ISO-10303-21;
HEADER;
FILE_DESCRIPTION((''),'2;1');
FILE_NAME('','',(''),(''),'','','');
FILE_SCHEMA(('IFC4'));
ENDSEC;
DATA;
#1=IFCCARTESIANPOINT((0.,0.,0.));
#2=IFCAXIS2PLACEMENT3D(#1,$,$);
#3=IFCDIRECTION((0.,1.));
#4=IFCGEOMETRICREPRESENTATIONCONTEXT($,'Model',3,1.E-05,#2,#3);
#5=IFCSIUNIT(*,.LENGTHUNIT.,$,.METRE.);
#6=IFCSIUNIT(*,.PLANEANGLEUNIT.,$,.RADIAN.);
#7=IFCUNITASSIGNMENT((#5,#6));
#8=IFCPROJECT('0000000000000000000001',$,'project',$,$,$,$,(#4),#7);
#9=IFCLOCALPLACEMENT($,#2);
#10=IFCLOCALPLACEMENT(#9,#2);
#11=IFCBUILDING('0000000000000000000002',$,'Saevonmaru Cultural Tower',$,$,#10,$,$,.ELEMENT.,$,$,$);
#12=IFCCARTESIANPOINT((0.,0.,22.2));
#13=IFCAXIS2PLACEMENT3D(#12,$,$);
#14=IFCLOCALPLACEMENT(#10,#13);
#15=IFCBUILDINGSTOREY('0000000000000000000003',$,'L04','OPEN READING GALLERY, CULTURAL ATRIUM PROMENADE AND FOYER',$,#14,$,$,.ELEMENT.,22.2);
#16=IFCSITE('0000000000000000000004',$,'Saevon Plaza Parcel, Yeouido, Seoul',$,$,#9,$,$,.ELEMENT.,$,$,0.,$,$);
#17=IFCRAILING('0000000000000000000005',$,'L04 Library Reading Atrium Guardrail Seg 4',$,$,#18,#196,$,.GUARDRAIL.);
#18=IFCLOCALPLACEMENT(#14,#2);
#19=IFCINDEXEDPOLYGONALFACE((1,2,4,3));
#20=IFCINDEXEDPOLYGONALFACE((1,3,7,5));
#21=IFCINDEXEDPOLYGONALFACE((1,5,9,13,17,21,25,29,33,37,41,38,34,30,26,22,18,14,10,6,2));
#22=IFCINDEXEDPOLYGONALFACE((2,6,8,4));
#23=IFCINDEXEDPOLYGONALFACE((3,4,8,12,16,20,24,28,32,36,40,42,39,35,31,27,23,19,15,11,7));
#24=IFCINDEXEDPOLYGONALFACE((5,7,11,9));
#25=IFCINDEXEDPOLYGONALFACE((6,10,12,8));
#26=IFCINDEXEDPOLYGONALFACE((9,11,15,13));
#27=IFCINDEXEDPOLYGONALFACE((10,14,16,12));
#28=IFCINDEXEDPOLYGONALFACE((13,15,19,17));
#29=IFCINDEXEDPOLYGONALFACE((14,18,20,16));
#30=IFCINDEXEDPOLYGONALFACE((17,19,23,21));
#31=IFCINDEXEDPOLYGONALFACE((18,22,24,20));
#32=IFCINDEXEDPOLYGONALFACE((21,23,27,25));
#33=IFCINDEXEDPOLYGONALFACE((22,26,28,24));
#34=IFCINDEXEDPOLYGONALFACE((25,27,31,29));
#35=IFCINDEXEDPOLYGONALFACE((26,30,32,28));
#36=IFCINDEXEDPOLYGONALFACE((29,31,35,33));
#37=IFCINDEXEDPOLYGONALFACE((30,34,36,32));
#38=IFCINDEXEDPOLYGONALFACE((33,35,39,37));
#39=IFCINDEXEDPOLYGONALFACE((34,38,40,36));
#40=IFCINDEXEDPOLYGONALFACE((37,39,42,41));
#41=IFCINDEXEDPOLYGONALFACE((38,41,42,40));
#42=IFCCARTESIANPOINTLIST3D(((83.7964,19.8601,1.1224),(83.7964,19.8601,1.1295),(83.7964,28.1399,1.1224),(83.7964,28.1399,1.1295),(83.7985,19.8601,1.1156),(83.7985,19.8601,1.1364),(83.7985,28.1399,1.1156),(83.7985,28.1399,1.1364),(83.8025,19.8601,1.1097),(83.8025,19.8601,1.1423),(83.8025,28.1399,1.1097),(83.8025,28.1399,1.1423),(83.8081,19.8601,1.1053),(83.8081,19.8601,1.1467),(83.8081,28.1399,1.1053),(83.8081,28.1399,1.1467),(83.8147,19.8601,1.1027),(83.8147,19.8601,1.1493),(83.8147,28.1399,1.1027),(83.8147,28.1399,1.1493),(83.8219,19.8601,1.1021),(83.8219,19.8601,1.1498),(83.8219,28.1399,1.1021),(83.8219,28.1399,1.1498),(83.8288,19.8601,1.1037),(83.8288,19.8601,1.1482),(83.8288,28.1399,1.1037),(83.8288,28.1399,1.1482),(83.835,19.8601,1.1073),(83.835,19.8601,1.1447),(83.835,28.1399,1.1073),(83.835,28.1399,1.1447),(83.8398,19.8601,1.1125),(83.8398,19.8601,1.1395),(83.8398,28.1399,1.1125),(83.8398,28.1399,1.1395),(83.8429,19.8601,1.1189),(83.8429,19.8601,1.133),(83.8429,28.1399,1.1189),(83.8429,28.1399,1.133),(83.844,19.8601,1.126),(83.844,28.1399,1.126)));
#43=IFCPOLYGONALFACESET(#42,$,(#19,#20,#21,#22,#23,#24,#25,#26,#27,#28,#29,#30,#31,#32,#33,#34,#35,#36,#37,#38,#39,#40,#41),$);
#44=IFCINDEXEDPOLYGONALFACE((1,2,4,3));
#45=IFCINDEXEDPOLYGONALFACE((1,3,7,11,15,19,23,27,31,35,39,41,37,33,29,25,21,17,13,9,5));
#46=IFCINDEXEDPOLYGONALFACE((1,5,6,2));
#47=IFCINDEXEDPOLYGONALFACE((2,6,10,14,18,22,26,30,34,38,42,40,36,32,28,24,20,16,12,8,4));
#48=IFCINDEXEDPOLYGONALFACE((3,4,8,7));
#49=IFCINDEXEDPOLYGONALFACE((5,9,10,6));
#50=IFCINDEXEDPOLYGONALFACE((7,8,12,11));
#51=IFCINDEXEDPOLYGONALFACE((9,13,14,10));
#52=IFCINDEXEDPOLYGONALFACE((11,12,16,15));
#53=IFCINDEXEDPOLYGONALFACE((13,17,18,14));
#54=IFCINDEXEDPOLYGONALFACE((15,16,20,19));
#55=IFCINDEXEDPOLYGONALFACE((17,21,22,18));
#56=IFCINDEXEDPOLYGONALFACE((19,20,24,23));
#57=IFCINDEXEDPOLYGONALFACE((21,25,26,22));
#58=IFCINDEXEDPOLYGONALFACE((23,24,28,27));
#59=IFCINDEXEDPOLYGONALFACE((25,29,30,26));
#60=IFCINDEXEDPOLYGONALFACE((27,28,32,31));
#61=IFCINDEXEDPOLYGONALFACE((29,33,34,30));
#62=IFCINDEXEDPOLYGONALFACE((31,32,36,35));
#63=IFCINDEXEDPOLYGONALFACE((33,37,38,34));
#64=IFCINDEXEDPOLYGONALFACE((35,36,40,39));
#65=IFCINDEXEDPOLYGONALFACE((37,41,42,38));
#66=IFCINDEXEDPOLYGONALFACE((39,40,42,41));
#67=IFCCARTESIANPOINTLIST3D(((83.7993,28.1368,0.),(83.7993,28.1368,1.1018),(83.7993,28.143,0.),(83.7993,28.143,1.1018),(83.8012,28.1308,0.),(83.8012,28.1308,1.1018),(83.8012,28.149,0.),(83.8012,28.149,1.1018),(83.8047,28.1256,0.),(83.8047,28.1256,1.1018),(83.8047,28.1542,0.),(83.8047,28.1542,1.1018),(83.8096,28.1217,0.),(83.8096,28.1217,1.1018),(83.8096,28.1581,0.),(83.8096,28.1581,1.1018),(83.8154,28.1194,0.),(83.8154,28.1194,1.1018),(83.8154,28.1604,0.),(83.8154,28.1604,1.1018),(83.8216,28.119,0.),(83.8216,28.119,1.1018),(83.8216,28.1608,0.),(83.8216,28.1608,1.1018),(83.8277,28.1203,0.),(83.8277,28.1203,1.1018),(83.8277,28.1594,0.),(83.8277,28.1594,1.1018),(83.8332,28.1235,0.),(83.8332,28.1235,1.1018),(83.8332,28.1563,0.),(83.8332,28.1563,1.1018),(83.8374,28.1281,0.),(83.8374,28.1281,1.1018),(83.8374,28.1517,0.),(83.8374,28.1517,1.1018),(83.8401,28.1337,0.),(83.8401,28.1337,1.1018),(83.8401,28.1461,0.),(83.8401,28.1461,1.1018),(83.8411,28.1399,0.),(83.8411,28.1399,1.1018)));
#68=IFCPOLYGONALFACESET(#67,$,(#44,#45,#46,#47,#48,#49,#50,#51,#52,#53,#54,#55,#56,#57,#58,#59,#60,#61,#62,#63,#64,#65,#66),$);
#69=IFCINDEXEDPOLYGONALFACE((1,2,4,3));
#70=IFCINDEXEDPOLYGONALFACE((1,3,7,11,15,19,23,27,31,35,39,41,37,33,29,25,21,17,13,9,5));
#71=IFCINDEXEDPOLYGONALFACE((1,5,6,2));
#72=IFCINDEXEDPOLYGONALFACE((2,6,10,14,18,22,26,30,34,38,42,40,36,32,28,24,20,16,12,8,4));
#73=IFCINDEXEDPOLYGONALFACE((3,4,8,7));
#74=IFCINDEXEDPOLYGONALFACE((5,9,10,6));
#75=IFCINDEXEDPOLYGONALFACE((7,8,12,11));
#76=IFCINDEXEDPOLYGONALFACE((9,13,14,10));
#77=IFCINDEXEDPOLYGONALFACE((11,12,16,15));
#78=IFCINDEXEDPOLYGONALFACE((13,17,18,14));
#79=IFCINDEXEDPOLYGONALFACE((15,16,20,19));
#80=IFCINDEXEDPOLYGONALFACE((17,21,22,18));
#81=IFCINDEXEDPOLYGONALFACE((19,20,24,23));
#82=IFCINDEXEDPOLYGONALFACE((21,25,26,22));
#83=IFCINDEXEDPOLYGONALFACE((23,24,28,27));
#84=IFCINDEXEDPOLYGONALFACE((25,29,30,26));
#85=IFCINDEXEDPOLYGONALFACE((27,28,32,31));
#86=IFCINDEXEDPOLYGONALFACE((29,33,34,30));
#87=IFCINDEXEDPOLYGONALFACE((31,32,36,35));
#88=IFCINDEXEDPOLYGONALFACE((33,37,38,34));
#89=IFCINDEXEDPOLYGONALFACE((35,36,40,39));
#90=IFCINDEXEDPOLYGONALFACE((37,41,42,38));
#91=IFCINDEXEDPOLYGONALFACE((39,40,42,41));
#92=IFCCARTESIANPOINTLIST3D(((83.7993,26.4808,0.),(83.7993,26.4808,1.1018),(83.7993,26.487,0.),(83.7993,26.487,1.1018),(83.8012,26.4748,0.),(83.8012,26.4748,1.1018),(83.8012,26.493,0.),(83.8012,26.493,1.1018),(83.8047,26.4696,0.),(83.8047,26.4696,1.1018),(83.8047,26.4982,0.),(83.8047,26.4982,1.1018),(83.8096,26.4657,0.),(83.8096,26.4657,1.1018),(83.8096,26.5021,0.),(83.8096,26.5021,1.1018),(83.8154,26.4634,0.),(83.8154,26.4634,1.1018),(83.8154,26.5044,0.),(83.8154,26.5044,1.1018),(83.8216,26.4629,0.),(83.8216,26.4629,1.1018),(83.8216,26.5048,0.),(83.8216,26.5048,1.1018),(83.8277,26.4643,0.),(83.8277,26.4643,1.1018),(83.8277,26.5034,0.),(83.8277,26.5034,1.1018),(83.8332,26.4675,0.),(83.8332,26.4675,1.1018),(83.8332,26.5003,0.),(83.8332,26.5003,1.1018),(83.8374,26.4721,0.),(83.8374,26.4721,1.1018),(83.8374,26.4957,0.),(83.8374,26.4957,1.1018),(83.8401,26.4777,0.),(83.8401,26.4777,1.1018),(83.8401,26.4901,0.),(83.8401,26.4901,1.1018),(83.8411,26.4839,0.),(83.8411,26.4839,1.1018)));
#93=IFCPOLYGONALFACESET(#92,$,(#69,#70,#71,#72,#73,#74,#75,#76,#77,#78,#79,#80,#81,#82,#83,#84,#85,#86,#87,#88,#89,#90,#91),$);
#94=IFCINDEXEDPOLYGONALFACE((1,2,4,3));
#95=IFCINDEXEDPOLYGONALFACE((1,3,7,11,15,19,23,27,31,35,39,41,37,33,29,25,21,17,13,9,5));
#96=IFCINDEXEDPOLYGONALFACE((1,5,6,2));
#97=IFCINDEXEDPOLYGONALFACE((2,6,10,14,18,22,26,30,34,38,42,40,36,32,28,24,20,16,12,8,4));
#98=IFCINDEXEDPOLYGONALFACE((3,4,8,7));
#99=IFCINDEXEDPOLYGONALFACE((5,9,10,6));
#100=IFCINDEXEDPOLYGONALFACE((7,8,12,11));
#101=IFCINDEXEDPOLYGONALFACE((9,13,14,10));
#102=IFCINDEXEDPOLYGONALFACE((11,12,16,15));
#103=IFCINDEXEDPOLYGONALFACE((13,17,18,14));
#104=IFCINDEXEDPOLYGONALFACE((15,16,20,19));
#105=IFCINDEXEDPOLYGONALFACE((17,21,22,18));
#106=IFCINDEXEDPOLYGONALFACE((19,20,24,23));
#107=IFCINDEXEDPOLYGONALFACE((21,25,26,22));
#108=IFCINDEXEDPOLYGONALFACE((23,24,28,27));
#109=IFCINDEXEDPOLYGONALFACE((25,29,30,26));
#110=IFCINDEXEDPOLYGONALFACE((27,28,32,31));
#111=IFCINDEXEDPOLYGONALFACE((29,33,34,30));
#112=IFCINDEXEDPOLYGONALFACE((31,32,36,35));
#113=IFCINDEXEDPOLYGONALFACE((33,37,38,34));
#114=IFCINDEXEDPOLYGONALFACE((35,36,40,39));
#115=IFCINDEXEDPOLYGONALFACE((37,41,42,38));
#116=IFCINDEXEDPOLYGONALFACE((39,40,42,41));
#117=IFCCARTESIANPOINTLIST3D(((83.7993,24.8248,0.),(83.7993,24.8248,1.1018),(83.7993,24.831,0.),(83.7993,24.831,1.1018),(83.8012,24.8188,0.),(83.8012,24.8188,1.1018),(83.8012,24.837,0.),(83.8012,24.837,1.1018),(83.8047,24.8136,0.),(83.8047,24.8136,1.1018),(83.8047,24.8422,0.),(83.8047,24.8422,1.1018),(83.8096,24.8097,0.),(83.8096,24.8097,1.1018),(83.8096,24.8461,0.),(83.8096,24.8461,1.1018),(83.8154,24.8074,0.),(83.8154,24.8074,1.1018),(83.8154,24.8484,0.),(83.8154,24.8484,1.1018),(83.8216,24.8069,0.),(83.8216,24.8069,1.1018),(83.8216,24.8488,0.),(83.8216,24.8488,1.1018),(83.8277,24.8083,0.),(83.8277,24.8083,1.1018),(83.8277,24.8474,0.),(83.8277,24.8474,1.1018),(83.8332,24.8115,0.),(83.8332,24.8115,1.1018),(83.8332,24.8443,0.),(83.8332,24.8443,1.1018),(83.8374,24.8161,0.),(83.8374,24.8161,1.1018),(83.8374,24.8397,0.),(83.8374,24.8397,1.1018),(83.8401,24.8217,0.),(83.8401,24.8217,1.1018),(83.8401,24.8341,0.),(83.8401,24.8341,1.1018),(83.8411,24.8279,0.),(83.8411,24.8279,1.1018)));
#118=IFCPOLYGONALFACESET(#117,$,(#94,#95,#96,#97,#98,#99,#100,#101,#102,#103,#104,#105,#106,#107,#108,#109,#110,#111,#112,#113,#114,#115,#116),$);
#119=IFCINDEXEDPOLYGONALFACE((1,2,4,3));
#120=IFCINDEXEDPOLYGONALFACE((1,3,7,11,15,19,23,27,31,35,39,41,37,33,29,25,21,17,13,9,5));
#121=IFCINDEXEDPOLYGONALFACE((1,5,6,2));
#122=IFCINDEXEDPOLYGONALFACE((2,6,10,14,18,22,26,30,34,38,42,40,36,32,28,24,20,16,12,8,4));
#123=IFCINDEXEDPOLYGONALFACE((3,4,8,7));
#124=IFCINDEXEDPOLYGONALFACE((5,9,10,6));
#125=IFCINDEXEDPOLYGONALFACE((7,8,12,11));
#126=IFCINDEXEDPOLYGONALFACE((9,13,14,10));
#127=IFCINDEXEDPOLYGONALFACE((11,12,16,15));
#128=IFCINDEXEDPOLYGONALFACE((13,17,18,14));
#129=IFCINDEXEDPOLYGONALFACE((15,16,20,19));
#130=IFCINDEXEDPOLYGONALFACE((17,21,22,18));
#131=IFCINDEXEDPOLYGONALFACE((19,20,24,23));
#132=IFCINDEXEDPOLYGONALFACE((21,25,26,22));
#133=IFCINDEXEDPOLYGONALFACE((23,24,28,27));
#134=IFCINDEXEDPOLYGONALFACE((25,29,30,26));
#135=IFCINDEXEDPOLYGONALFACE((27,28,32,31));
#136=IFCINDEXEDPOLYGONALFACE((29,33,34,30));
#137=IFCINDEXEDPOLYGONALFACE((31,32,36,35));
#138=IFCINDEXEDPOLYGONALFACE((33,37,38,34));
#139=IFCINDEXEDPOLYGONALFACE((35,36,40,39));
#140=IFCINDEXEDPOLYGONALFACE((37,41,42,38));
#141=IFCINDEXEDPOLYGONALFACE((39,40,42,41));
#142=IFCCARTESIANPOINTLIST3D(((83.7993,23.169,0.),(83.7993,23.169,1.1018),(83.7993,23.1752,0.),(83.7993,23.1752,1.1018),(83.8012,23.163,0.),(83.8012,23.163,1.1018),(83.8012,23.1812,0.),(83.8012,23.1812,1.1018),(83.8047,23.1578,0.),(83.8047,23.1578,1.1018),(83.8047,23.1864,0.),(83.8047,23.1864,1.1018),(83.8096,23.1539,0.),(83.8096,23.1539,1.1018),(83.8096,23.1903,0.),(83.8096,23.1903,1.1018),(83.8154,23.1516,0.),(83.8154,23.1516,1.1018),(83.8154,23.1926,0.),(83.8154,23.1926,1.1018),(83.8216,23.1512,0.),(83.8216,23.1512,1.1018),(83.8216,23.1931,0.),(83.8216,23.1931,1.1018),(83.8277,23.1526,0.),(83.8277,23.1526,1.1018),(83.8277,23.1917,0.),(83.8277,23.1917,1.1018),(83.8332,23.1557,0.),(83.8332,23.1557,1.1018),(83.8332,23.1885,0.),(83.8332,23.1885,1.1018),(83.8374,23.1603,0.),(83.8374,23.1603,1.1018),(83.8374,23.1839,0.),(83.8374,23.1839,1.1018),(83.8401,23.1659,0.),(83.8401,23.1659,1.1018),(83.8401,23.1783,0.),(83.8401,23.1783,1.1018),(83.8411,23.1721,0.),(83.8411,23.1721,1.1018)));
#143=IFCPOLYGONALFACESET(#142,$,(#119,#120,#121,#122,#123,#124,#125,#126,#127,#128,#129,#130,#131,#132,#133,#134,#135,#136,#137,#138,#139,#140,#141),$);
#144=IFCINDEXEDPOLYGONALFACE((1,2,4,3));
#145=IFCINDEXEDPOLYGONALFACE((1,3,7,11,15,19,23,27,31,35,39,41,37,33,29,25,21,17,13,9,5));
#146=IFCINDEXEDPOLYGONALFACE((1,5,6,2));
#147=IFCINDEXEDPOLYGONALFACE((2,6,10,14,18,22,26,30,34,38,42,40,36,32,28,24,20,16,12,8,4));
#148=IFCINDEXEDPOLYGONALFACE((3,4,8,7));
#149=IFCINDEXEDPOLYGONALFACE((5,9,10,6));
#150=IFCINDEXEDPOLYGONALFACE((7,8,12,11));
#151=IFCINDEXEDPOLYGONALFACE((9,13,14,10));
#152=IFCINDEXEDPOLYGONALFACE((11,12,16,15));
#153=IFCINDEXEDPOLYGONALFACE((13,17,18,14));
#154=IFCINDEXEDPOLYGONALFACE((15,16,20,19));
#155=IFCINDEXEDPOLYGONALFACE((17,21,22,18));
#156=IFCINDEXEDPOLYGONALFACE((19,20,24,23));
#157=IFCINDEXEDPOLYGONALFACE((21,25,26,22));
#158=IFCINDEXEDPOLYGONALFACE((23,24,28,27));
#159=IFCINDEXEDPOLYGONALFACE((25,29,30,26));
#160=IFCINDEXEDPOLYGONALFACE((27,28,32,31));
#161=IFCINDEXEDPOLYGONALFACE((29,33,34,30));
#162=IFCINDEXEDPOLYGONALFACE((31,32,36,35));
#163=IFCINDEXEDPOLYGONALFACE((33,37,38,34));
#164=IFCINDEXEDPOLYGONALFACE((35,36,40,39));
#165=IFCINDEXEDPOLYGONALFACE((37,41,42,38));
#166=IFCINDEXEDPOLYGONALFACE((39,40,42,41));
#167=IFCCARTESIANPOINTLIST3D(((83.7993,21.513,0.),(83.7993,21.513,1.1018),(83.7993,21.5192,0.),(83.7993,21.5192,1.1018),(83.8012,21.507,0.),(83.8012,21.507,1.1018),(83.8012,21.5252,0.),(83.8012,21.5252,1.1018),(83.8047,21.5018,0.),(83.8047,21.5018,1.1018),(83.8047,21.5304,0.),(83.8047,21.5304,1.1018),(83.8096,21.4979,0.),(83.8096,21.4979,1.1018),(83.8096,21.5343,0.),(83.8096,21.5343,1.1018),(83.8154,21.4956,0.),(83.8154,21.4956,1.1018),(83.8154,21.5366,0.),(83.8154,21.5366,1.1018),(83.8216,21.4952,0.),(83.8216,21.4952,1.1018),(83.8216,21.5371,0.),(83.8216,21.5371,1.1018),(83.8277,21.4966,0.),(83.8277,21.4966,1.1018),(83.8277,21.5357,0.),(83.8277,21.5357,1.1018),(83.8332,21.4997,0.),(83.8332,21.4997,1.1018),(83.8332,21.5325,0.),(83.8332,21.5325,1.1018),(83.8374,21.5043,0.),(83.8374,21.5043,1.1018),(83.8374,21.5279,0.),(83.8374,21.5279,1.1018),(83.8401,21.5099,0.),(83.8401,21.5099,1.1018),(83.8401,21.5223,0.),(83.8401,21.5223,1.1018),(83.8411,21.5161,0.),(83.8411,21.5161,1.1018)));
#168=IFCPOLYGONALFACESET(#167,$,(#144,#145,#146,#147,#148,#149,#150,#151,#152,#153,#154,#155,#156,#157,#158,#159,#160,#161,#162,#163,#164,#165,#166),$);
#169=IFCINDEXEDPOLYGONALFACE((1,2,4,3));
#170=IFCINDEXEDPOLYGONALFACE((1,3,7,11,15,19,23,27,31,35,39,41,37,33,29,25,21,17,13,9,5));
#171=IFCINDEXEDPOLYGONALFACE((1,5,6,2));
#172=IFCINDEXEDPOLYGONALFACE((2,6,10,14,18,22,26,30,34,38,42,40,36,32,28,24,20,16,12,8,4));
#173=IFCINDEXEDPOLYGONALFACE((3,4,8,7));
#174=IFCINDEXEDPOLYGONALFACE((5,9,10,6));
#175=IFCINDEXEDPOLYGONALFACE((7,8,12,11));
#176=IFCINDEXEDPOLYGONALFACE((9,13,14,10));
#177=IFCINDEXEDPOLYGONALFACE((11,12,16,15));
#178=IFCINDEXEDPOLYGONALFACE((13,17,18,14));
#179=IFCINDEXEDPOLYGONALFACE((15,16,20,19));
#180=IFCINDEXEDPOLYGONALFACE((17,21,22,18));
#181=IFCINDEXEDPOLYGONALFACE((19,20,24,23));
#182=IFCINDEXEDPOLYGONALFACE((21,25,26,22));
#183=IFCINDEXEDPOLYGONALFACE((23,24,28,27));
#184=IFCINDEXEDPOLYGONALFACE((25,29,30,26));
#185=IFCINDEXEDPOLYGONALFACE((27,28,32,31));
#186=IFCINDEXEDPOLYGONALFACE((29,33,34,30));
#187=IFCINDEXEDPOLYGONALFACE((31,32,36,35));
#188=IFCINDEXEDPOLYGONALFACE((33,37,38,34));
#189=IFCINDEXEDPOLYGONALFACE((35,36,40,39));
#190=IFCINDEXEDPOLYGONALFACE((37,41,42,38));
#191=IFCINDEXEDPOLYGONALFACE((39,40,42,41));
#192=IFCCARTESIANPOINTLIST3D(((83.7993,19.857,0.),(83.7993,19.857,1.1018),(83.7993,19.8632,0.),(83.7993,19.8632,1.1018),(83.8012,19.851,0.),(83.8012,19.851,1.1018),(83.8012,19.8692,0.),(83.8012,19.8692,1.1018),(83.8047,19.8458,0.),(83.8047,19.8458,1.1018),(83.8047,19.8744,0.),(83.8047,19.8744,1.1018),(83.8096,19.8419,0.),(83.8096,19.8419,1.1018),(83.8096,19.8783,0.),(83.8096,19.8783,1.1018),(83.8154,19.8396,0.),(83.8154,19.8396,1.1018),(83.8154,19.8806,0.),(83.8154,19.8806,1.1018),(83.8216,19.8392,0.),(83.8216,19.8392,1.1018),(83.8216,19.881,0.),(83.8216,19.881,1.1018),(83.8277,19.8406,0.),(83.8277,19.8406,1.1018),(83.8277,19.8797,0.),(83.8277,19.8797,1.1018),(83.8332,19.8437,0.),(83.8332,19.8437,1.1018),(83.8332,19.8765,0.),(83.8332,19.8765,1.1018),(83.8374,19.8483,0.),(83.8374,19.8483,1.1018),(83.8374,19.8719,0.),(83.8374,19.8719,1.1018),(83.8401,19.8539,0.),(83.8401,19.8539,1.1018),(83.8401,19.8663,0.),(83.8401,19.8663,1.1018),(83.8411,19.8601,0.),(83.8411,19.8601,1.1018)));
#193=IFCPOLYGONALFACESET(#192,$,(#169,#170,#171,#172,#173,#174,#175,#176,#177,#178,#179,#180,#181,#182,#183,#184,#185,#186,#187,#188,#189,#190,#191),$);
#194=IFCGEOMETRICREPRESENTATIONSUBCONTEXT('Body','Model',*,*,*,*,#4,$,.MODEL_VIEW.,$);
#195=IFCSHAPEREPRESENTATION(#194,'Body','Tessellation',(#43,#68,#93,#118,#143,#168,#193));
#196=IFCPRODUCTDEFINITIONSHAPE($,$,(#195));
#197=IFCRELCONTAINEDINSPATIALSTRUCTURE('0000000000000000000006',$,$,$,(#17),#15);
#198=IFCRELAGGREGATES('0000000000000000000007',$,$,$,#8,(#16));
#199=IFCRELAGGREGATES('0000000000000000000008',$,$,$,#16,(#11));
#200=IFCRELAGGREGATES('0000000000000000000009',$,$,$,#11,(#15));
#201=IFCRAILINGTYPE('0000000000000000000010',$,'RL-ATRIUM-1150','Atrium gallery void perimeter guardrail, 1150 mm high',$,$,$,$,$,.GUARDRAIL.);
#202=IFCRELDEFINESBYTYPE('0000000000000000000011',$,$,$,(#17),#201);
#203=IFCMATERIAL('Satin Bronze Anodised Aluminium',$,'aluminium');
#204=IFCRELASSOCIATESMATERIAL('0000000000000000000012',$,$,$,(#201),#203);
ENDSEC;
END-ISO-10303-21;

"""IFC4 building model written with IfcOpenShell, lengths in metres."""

from ifc_helpers import new_model, si_unit, direction, frame, origin, origin_2d, place, context, subcontext, project, spatial, circle, extrude, material, type_object, element, save


model = new_model("IFC4")

# Units and contexts
model_context = context("Model", 3, precision=1e-05, world=origin(), true_north=direction((0.0, 1.0)))
body_context = subcontext(model_context, "Body", "Model", "MODEL_VIEW")
ifc_project = project(units=[si_unit("LENGTHUNIT", "METRE"), si_unit("PLANEANGLEUNIT", "RADIAN")], contexts=[model_context])

# Site, building, storey
site_placement = place(None, origin())
site = spatial("IfcSite", under=ifc_project, at=site_placement, Name="Saevon Plaza Parcel, Yeouido, Seoul", CompositionType="ELEMENT", RefElevation=0.0)
building_placement = place(site_placement, origin())
building = spatial("IfcBuilding", under=site, at=building_placement, Name="Saevonmaru Cultural Tower", CompositionType="ELEMENT")
storey_placement = place(building_placement, frame((0.0, 0.0, 22.2)))
storey = spatial("IfcBuildingStorey", under=building, at=storey_placement, Name="L04", Description="OPEN READING GALLERY, CULTURAL ATRIUM PROMENADE AND FOYER", CompositionType="ELEMENT", Elevation=22.2)

# Shared definitions
ifc_material_1 = material(Name="Satin Bronze Anodised Aluminium", Category="aluminium")

# Railing
railing_type_1 = type_object("IfcRailingType", Name="RL-ATRIUM-1150", Description="Atrium gallery void perimeter guardrail, 1150 mm high", PredefinedType="GUARDRAIL", material=ifc_material_1)
railing_1_placement = place(storey_placement, frame((83.8201, 28.1399, 0.0)))
element("IfcRailing", 1, at=railing_1_placement, inside=storey, type_object=railing_type_1, Name="L04 Library Reading Atrium Guardrail Seg 4", PredefinedType="GUARDRAIL", context=body_context, shape_type="SweptSolid", body=[
    extrude(circle(Radius=0.0239, at=origin_2d()), frame((0.0, 0.0, 1.126), z_axis=(0.0, -1.0, 0.0), x_axis=(1.0, 0.0, 0.0)), (0.0, 0.0, 1.0), 8.2798),
    extrude(circle(Radius=0.021, at=origin_2d()), origin(), (0.0, 0.0, 1.0), 1.1018),
    extrude(circle(Radius=0.021, at=origin_2d()), frame((0.0, -1.656, 0.0)), (0.0, 0.0, 1.0), 1.1018),
    extrude(circle(Radius=0.021, at=origin_2d()), frame((0.0, -3.312, 0.0)), (0.0, 0.0, 1.0), 1.1018),
    extrude(circle(Radius=0.021, at=origin_2d()), frame((0.0, -4.9678, 0.0)), (0.0, 0.0, 1.0), 1.1018),
    extrude(circle(Radius=0.021, at=origin_2d()), frame((0.0, -6.6238, 0.0)), (0.0, 0.0, 1.0), 1.1018),
    extrude(circle(Radius=0.021, at=origin_2d()), frame((0.0, -8.2798, 0.0)), (0.0, 0.0, 1.0), 1.1018),
])

save(model, "model.ifc")
